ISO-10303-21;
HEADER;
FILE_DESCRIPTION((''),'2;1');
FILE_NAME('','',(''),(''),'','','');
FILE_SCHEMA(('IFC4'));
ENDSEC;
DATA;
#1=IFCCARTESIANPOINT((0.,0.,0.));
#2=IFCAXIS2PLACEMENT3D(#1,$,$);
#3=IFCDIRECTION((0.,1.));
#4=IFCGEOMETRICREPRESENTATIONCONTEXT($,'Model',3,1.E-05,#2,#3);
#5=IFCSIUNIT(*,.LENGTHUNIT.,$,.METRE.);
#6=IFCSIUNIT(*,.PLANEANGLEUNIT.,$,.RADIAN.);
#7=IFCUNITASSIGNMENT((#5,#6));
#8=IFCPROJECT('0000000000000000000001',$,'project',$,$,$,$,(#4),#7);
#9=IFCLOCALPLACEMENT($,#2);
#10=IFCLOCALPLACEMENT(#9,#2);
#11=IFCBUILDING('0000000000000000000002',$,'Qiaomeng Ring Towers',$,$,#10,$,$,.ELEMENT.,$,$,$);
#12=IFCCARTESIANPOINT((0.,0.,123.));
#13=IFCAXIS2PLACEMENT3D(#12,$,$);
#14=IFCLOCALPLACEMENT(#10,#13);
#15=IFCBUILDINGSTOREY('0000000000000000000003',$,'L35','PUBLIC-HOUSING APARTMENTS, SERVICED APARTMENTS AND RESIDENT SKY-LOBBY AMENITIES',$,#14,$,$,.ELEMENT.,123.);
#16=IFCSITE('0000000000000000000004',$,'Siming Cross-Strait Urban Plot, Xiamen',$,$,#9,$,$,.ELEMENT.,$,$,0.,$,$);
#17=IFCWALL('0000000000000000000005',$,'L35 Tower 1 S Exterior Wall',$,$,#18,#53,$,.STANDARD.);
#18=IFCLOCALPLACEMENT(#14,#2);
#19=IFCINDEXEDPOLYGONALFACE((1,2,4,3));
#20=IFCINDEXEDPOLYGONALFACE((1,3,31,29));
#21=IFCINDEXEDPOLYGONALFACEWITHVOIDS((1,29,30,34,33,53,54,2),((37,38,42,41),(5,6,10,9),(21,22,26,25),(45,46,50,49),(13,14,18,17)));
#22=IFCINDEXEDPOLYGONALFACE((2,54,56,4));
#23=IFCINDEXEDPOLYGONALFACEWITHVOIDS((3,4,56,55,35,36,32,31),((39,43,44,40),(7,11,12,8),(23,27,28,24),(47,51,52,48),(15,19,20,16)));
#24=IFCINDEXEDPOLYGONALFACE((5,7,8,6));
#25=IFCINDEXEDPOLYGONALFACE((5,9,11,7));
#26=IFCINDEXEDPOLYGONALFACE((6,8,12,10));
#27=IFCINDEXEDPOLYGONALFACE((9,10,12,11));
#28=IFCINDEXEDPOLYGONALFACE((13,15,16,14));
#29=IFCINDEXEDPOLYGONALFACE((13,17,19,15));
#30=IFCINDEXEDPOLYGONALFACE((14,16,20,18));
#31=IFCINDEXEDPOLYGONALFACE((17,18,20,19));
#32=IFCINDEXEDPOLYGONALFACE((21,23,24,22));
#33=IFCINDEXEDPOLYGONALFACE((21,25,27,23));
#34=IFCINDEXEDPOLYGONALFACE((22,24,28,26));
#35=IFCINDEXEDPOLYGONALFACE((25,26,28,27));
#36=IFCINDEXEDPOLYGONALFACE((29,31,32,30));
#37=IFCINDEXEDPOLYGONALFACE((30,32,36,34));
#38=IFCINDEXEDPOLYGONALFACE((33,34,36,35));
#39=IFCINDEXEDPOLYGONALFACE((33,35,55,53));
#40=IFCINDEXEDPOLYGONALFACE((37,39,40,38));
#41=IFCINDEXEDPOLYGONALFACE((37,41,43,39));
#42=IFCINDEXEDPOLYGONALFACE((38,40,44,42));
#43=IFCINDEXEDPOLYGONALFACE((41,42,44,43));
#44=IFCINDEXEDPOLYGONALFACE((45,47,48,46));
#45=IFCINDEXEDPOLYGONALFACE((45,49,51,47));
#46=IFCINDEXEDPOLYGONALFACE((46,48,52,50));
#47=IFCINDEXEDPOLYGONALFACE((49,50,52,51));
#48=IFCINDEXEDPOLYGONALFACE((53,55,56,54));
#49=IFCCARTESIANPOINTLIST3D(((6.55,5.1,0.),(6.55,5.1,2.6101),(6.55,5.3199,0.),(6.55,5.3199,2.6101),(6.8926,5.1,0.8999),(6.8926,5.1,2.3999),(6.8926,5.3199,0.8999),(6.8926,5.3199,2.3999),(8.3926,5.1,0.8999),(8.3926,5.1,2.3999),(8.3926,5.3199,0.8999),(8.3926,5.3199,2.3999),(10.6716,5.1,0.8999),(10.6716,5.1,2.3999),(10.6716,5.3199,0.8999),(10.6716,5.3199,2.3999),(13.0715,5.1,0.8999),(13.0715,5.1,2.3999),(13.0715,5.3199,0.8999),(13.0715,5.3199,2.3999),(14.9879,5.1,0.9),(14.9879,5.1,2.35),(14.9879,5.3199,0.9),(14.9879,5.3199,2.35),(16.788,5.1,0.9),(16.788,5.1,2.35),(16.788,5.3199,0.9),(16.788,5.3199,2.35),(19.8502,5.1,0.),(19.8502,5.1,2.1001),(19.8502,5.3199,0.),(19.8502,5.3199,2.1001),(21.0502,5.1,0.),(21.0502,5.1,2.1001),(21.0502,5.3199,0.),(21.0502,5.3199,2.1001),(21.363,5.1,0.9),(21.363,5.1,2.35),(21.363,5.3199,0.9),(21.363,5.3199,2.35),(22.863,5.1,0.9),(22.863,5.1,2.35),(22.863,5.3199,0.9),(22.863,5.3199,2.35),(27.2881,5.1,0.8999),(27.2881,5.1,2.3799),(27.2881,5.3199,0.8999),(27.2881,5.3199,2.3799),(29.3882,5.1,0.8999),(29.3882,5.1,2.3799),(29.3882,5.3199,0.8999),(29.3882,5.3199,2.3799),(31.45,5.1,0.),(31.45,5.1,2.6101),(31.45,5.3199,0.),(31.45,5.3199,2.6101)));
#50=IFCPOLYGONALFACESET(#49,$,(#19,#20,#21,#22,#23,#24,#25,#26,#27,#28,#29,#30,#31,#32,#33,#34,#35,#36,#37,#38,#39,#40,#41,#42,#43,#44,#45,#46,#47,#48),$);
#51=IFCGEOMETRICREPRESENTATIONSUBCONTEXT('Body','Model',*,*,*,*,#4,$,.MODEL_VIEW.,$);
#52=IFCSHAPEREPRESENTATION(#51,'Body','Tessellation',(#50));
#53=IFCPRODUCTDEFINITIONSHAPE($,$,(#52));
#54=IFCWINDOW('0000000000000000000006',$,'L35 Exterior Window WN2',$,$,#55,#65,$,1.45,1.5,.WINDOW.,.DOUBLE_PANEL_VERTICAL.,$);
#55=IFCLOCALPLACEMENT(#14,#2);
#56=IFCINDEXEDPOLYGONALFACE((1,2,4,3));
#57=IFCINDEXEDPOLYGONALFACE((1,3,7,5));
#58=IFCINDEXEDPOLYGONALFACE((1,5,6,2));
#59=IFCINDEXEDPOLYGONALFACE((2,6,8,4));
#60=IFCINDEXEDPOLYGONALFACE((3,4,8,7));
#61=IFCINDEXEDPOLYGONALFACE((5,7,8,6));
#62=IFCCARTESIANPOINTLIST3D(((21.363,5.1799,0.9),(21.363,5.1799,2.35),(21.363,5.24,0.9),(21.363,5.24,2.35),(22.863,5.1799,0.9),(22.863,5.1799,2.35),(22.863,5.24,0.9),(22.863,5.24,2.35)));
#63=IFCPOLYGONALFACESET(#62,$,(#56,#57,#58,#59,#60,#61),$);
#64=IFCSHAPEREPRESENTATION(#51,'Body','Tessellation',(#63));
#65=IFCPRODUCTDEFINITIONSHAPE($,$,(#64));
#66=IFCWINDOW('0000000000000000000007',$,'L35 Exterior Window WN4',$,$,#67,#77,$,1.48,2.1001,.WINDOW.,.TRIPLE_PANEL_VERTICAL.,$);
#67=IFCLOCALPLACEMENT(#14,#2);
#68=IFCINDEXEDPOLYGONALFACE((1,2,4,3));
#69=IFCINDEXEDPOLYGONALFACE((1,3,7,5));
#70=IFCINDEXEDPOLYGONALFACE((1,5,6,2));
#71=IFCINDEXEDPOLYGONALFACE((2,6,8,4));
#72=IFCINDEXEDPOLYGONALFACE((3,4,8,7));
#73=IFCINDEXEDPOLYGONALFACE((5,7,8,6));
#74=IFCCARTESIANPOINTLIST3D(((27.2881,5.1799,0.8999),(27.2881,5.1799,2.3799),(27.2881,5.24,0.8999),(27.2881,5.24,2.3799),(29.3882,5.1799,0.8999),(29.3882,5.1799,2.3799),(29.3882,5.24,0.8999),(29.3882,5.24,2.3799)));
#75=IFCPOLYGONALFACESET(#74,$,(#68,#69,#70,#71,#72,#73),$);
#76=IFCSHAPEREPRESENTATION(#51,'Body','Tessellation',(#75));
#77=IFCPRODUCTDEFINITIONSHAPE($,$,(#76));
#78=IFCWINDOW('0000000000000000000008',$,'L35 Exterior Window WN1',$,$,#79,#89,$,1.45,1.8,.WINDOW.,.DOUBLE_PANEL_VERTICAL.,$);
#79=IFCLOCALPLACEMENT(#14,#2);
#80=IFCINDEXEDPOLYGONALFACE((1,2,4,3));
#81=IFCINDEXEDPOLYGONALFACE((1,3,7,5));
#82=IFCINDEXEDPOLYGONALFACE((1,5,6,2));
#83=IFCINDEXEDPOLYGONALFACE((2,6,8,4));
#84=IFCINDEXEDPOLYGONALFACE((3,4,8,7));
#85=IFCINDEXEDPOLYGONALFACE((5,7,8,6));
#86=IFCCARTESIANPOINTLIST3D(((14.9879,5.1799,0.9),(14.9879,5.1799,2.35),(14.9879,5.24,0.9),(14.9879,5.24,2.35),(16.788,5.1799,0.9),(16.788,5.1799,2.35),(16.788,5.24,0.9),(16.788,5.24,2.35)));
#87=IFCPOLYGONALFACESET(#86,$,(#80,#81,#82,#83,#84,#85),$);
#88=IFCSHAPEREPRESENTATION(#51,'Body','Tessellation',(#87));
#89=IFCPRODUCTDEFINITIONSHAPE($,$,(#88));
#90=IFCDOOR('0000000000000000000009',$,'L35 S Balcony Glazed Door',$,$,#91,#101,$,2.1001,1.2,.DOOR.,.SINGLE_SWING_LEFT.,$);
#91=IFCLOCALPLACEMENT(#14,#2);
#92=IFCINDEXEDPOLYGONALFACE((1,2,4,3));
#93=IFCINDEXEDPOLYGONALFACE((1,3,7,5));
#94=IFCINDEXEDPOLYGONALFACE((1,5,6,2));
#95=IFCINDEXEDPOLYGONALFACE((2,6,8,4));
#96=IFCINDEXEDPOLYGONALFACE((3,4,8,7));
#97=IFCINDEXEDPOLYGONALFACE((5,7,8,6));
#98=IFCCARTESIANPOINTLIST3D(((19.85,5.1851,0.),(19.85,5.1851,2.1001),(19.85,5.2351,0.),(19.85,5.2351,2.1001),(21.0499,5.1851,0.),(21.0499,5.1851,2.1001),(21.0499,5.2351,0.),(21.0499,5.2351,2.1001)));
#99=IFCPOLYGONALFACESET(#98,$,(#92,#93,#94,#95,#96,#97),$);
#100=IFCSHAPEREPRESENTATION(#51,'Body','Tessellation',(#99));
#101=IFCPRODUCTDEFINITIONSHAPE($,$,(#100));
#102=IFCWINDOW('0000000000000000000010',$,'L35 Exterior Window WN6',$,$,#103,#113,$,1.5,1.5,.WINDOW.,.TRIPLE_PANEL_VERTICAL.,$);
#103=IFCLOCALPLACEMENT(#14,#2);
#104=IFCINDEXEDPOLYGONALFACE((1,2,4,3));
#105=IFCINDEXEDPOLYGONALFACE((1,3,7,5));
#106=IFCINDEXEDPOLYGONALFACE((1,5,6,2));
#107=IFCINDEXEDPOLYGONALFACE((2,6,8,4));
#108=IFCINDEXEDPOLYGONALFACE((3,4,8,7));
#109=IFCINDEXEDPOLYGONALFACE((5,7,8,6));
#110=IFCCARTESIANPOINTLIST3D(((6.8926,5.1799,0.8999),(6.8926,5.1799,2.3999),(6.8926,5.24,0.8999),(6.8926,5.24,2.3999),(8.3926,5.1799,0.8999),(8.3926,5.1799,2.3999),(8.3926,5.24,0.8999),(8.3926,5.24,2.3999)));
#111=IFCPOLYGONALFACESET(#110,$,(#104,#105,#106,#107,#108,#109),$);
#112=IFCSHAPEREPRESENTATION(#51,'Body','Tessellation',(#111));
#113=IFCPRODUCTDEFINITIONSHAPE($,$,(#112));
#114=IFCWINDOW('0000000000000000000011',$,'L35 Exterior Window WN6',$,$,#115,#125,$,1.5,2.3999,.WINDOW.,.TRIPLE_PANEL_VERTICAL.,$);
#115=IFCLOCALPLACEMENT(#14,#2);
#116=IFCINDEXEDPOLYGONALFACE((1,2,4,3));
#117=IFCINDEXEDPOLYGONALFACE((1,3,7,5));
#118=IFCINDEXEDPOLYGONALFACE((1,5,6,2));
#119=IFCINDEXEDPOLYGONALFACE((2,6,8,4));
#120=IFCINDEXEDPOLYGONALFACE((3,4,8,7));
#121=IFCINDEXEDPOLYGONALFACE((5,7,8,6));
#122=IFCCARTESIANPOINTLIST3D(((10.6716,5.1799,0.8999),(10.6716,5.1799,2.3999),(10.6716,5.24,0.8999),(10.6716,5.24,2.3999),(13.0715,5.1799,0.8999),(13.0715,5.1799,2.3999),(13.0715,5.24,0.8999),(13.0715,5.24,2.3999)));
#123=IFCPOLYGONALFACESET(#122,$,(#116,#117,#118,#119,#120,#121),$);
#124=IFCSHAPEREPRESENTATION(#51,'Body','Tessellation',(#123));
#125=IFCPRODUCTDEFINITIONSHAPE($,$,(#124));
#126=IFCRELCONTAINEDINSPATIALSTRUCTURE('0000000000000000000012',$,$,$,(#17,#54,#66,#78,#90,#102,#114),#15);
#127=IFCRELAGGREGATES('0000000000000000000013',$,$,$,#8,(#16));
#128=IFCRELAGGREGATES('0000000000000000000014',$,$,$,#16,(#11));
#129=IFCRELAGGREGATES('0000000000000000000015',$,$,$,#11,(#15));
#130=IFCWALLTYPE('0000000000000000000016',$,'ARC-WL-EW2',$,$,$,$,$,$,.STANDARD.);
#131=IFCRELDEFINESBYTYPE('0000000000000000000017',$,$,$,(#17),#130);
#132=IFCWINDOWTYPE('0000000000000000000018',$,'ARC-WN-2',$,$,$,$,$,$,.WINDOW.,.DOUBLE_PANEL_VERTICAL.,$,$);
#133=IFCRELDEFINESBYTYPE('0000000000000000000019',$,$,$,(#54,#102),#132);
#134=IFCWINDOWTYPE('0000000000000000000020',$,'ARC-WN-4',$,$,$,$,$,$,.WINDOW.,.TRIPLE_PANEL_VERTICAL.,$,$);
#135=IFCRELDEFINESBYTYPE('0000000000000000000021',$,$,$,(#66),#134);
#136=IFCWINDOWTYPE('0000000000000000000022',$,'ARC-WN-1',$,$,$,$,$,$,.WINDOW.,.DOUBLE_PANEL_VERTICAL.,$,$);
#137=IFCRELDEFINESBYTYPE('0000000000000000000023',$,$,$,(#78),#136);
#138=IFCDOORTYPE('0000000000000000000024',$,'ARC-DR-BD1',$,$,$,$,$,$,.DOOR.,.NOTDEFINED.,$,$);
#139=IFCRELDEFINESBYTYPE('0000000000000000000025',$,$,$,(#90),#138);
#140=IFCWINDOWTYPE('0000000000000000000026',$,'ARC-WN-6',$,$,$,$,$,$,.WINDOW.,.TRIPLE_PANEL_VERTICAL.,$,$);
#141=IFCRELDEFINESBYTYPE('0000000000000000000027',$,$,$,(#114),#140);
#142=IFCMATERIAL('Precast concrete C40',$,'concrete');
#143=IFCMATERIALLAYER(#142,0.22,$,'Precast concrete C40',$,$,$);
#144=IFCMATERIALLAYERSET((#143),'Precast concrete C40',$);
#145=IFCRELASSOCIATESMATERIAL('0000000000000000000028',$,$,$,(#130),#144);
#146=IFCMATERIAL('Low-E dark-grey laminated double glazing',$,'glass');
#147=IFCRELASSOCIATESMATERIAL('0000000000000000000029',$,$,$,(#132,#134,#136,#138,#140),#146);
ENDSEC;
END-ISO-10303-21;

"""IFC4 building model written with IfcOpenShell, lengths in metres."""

from ifc_helpers import new_model, si_unit, direction, frame, frame_2d, origin, place, context, subcontext, project, spatial, rectangle, extrude, source, transform, mapped, material, layer, layer_set, type_object, element, fill, save


model = new_model("IFC4")

# Units and contexts
model_context = context("Model", 3, precision=1e-05, world=origin(), true_north=direction((0.0, 1.0)))
body_context = subcontext(model_context, "Body", "Model", "MODEL_VIEW")
ifc_project = project(units=[si_unit("LENGTHUNIT", "METRE"), si_unit("PLANEANGLEUNIT", "RADIAN")], contexts=[model_context])

# Site, building, storey
site_placement = place(None, origin())
site = spatial("IfcSite", under=ifc_project, at=site_placement, Name="Siming Cross-Strait Urban Plot, Xiamen", CompositionType="ELEMENT", RefElevation=0.0)
building_placement = place(site_placement, origin())
building = spatial("IfcBuilding", under=site, at=building_placement, Name="Qiaomeng Ring Towers", CompositionType="ELEMENT")
storey_placement = place(building_placement, frame((0.0, 0.0, 123.0)))
storey = spatial("IfcBuildingStorey", under=building, at=storey_placement, Name="L35", Description="PUBLIC-HOUSING APARTMENTS, SERVICED APARTMENTS AND RESIDENT SKY-LOBBY AMENITIES", CompositionType="ELEMENT", Elevation=123.0)

# Shared definitions
ifc_material_1 = material(Name="Low-E dark-grey laminated double glazing", Category="glass")

# Wall, openings, windows, door
ifc_material_2 = material(Name="Precast concrete C40", Category="concrete")
ifc_layer_1 = layer(ifc_material_2, 0.22, Name="Precast concrete C40")
ifc_layer_set_1 = layer_set([ifc_layer_1], Name="Precast concrete C40")
wall_type = type_object("IfcWallType", Name="ARC-WL-EW2", PredefinedType="STANDARD", material=ifc_layer_set_1)
wall_placement = place(storey_placement, frame((6.55, 5.21, 0.0), z_axis=(0.0, 0.0, 1.0), x_axis=(1.0, 0.0, 0.0)))
wall = element("IfcWall", 1, at=wall_placement, inside=storey, type_object=wall_type, Name="L35 Tower 1 S Exterior Wall", PredefinedType="STANDARD", context=body_context, shape_type="SweptSolid", body=[
    extrude(rectangle(XDim=24.8999, YDim=0.22, at=frame_2d((12.45, 0.0))), origin(), (0.0, 0.0, 1.0), 2.6101),
])
opening_1_placement = place(wall_placement, frame((13.3, 0.0, 0.0)))
opening_1 = element("IfcOpeningElement", 2, at=opening_1_placement, cuts=wall, PredefinedType="OPENING", context=body_context, shape_type="SweptSolid", body=[
    extrude(rectangle(XDim=1.2, YDim=2.1001, at=frame_2d((0.6001, 1.05))), frame((0.0, 0.1199, 0.0), z_axis=(0.0, -1.0, 0.0), x_axis=(1.0, 0.0, 0.0)), (0.0, 0.0, 1.0), 0.24),
])
opening_2_placement = place(wall_placement, frame((0.3425, 0.0, 0.8999)))
opening_2 = element("IfcOpeningElement", 3, at=opening_2_placement, cuts=wall, PredefinedType="OPENING", context=body_context, shape_type="SweptSolid", body=[
    extrude(rectangle(XDim=1.5, YDim=1.5, at=frame_2d((0.75, 0.75))), frame((0.0, 0.1199, 0.0), z_axis=(0.0, -1.0, 0.0), x_axis=(1.0, 0.0, 0.0)), (0.0, 0.0, 1.0), 0.24),
])
opening_3_placement = place(wall_placement, frame((8.438, 0.0, 0.8999)))
opening_3 = element("IfcOpeningElement", 4, at=opening_3_placement, cuts=wall, PredefinedType="OPENING", context=body_context, shape_type="SweptSolid", body=[
    extrude(rectangle(XDim=1.8, YDim=1.45, at=frame_2d((0.8999, 0.7251))), frame((0.0, 0.1199, 0.0), z_axis=(0.0, -1.0, 0.0), x_axis=(1.0, 0.0, 0.0)), (0.0, 0.0, 1.0), 0.24),
])
opening_4_placement = place(wall_placement, frame((14.813, 0.0, 0.8999)))
opening_4 = element("IfcOpeningElement", 5, at=opening_4_placement, cuts=wall, PredefinedType="OPENING", context=body_context, shape_type="SweptSolid", body=[
    extrude(rectangle(XDim=1.5, YDim=1.45, at=frame_2d((0.75, 0.7251))), frame((0.0, 0.1199, 0.0), z_axis=(0.0, -1.0, 0.0), x_axis=(1.0, 0.0, 0.0)), (0.0, 0.0, 1.0), 0.24),
])
opening_5_placement = place(wall_placement, frame((20.738, 0.0, 0.8999)))
opening_5 = element("IfcOpeningElement", 6, at=opening_5_placement, cuts=wall, PredefinedType="OPENING", context=body_context, shape_type="SweptSolid", body=[
    extrude(rectangle(XDim=2.1001, YDim=1.48, at=frame_2d((1.05, 0.74))), frame((0.0, 0.1199, 0.0), z_axis=(0.0, -1.0, 0.0), x_axis=(1.0, 0.0, 0.0)), (0.0, 0.0, 1.0), 0.24),
])
opening_6_placement = place(wall_placement, frame((4.1216, 0.0, 0.8999)))
opening_6 = element("IfcOpeningElement", 7, at=opening_6_placement, cuts=wall, PredefinedType="OPENING", context=body_context, shape_type="SweptSolid", body=[
    extrude(rectangle(XDim=2.3999, YDim=1.5, at=frame_2d((1.2, 0.75))), frame((0.0, 0.1199, 0.0), z_axis=(0.0, -1.0, 0.0), x_axis=(1.0, 0.0, 0.0)), (0.0, 0.0, 1.0), 0.24),
])
window_type_1 = type_object("IfcWindowType", Name="ARC-WN-2", PartitioningType="DOUBLE_PANEL_VERTICAL", PredefinedType="WINDOW", material=ifc_material_1)
shared_shape_1 = source(origin(), body_context, "Body", "SweptSolid", [
    extrude(rectangle(XDim=1.5, YDim=1.45, at=frame_2d((0.75, 0.7251))), frame((0.0, 0.03, 0.0), z_axis=(0.0, -1.0, 0.0), x_axis=(1.0, 0.0, 0.0)), (0.0, 0.0, 1.0), 0.0601),
])
window_1_placement = place(opening_4_placement, origin())
window_1 = element("IfcWindow", 8, at=window_1_placement, inside=storey, type_object=window_type_1, Name="L35 Exterior Window WN2", OverallHeight=1.45, OverallWidth=1.5, PartitioningType="DOUBLE_PANEL_VERTICAL", PredefinedType="WINDOW", context=body_context, shape_type="MappedRepresentation", body=[
    mapped(shared_shape_1, transform((0.0, 0.0, 0.0), x_axis=(1.0, 0.0, 0.0), y_axis=(0.0, 1.0, 0.0), z_axis=(0.0, 0.0, 1.0), scale=1.0)),
])
fill(opening_4, window_1)
window_type_2 = type_object("IfcWindowType", Name="ARC-WN-4", PartitioningType="TRIPLE_PANEL_VERTICAL", PredefinedType="WINDOW", material=ifc_material_1)
shared_shape_2 = source(origin(), body_context, "Body", "SweptSolid", [
    extrude(rectangle(XDim=2.1001, YDim=1.48, at=frame_2d((1.05, 0.74))), frame((0.0, 0.03, 0.0), z_axis=(0.0, -1.0, 0.0), x_axis=(1.0, 0.0, 0.0)), (0.0, 0.0, 1.0), 0.0601),
])
window_2_placement = place(opening_5_placement, origin())
window_2 = element("IfcWindow", 9, at=window_2_placement, inside=storey, type_object=window_type_2, Name="L35 Exterior Window WN4", OverallHeight=1.48, OverallWidth=2.1001, PartitioningType="TRIPLE_PANEL_VERTICAL", PredefinedType="WINDOW", context=body_context, shape_type="MappedRepresentation", body=[
    mapped(shared_shape_2, transform((0.0, 0.0, 0.0), x_axis=(1.0, 0.0, 0.0), y_axis=(0.0, 1.0, 0.0), z_axis=(0.0, 0.0, 1.0), scale=1.0)),
])
fill(opening_5, window_2)
window_type_3 = type_object("IfcWindowType", Name="ARC-WN-1", PartitioningType="DOUBLE_PANEL_VERTICAL", PredefinedType="WINDOW", material=ifc_material_1)
shared_shape_3 = source(origin(), body_context, "Body", "SweptSolid", [
    extrude(rectangle(XDim=1.8, YDim=1.45, at=frame_2d((0.8999, 0.7251))), frame((0.0, 0.03, 0.0), z_axis=(0.0, -1.0, 0.0), x_axis=(1.0, 0.0, 0.0)), (0.0, 0.0, 1.0), 0.0601),
])
window_3_placement = place(opening_3_placement, origin())
window_3 = element("IfcWindow", 10, at=window_3_placement, inside=storey, type_object=window_type_3, Name="L35 Exterior Window WN1", OverallHeight=1.45, OverallWidth=1.8, PartitioningType="DOUBLE_PANEL_VERTICAL", PredefinedType="WINDOW", context=body_context, shape_type="MappedRepresentation", body=[
    mapped(shared_shape_3, transform((0.0, 0.0, 0.0), x_axis=(1.0, 0.0, 0.0), y_axis=(0.0, 1.0, 0.0), z_axis=(0.0, 0.0, 1.0), scale=1.0)),
])
fill(opening_3, window_3)
door_type = type_object("IfcDoorType", Name="ARC-DR-BD1", OperationType="NOTDEFINED", PredefinedType="DOOR", material=ifc_material_1)
shared_shape_4 = source(origin(), body_context, "Body", "SweptSolid", [
    extrude(rectangle(XDim=1.2, YDim=2.1001, at=frame_2d((0.6001, 1.05))), frame((0.0, 0.0249, 0.0), z_axis=(0.0, -1.0, 0.0), x_axis=(1.0, 0.0, 0.0)), (0.0, 0.0, 1.0), 0.05),
])
door_placement = place(opening_1_placement, frame((1.2, 0.0, 0.0), z_axis=(0.0, 0.0, 1.0), x_axis=(-1.0, 0.0, 0.0)))
door = element("IfcDoor", 11, at=door_placement, inside=storey, type_object=door_type, Name="L35 S Balcony Glazed Door", OperationType="SINGLE_SWING_LEFT", OverallHeight=2.1001, OverallWidth=1.2, PredefinedType="DOOR", context=body_context, shape_type="MappedRepresentation", body=[
    mapped(shared_shape_4, transform((0.0, 0.0, 0.0), x_axis=(1.0, 0.0, 0.0), y_axis=(0.0, 1.0, 0.0), z_axis=(0.0, 0.0, 1.0), scale=1.0)),
])
fill(opening_1, door)
shared_shape_5 = source(origin(), body_context, "Body", "SweptSolid", [
    extrude(rectangle(XDim=1.5, YDim=1.5, at=frame_2d((0.75, 0.75))), frame((0.0, 0.03, 0.0), z_axis=(0.0, -1.0, 0.0), x_axis=(1.0, 0.0, 0.0)), (0.0, 0.0, 1.0), 0.0601),
])
window_4_placement = place(opening_2_placement, origin())
window_4 = element("IfcWindow", 12, at=window_4_placement, inside=storey, type_object=window_type_1, Name="L35 Exterior Window WN6", OverallHeight=1.5, OverallWidth=1.5, PartitioningType="TRIPLE_PANEL_VERTICAL", PredefinedType="WINDOW", context=body_context, shape_type="MappedRepresentation", body=[
    mapped(shared_shape_5, transform((0.0, 0.0, 0.0), x_axis=(1.0, 0.0, 0.0), y_axis=(0.0, 1.0, 0.0), z_axis=(0.0, 0.0, 1.0), scale=1.0)),
])
fill(opening_2, window_4)
window_type_4 = type_object("IfcWindowType", Name="ARC-WN-6", PartitioningType="TRIPLE_PANEL_VERTICAL", PredefinedType="WINDOW", material=ifc_material_1)
shared_shape_6 = source(origin(), body_context, "Body", "SweptSolid", [
    extrude(rectangle(XDim=2.3999, YDim=1.5, at=frame_2d((1.2, 0.75))), frame((0.0, 0.03, 0.0), z_axis=(0.0, -1.0, 0.0), x_axis=(1.0, 0.0, 0.0)), (0.0, 0.0, 1.0), 0.0601),
])
window_5_placement = place(opening_6_placement, origin())
window_5 = element("IfcWindow", 13, at=window_5_placement, inside=storey, type_object=window_type_4, Name="L35 Exterior Window WN6", OverallHeight=1.5, OverallWidth=2.3999, PartitioningType="TRIPLE_PANEL_VERTICAL", PredefinedType="WINDOW", context=body_context, shape_type="MappedRepresentation", body=[
    mapped(shared_shape_6, transform((0.0, 0.0, 0.0), x_axis=(1.0, 0.0, 0.0), y_axis=(0.0, 1.0, 0.0), z_axis=(0.0, 0.0, 1.0), scale=1.0)),
])
fill(opening_6, window_5)

save(model, "model.ifc")
